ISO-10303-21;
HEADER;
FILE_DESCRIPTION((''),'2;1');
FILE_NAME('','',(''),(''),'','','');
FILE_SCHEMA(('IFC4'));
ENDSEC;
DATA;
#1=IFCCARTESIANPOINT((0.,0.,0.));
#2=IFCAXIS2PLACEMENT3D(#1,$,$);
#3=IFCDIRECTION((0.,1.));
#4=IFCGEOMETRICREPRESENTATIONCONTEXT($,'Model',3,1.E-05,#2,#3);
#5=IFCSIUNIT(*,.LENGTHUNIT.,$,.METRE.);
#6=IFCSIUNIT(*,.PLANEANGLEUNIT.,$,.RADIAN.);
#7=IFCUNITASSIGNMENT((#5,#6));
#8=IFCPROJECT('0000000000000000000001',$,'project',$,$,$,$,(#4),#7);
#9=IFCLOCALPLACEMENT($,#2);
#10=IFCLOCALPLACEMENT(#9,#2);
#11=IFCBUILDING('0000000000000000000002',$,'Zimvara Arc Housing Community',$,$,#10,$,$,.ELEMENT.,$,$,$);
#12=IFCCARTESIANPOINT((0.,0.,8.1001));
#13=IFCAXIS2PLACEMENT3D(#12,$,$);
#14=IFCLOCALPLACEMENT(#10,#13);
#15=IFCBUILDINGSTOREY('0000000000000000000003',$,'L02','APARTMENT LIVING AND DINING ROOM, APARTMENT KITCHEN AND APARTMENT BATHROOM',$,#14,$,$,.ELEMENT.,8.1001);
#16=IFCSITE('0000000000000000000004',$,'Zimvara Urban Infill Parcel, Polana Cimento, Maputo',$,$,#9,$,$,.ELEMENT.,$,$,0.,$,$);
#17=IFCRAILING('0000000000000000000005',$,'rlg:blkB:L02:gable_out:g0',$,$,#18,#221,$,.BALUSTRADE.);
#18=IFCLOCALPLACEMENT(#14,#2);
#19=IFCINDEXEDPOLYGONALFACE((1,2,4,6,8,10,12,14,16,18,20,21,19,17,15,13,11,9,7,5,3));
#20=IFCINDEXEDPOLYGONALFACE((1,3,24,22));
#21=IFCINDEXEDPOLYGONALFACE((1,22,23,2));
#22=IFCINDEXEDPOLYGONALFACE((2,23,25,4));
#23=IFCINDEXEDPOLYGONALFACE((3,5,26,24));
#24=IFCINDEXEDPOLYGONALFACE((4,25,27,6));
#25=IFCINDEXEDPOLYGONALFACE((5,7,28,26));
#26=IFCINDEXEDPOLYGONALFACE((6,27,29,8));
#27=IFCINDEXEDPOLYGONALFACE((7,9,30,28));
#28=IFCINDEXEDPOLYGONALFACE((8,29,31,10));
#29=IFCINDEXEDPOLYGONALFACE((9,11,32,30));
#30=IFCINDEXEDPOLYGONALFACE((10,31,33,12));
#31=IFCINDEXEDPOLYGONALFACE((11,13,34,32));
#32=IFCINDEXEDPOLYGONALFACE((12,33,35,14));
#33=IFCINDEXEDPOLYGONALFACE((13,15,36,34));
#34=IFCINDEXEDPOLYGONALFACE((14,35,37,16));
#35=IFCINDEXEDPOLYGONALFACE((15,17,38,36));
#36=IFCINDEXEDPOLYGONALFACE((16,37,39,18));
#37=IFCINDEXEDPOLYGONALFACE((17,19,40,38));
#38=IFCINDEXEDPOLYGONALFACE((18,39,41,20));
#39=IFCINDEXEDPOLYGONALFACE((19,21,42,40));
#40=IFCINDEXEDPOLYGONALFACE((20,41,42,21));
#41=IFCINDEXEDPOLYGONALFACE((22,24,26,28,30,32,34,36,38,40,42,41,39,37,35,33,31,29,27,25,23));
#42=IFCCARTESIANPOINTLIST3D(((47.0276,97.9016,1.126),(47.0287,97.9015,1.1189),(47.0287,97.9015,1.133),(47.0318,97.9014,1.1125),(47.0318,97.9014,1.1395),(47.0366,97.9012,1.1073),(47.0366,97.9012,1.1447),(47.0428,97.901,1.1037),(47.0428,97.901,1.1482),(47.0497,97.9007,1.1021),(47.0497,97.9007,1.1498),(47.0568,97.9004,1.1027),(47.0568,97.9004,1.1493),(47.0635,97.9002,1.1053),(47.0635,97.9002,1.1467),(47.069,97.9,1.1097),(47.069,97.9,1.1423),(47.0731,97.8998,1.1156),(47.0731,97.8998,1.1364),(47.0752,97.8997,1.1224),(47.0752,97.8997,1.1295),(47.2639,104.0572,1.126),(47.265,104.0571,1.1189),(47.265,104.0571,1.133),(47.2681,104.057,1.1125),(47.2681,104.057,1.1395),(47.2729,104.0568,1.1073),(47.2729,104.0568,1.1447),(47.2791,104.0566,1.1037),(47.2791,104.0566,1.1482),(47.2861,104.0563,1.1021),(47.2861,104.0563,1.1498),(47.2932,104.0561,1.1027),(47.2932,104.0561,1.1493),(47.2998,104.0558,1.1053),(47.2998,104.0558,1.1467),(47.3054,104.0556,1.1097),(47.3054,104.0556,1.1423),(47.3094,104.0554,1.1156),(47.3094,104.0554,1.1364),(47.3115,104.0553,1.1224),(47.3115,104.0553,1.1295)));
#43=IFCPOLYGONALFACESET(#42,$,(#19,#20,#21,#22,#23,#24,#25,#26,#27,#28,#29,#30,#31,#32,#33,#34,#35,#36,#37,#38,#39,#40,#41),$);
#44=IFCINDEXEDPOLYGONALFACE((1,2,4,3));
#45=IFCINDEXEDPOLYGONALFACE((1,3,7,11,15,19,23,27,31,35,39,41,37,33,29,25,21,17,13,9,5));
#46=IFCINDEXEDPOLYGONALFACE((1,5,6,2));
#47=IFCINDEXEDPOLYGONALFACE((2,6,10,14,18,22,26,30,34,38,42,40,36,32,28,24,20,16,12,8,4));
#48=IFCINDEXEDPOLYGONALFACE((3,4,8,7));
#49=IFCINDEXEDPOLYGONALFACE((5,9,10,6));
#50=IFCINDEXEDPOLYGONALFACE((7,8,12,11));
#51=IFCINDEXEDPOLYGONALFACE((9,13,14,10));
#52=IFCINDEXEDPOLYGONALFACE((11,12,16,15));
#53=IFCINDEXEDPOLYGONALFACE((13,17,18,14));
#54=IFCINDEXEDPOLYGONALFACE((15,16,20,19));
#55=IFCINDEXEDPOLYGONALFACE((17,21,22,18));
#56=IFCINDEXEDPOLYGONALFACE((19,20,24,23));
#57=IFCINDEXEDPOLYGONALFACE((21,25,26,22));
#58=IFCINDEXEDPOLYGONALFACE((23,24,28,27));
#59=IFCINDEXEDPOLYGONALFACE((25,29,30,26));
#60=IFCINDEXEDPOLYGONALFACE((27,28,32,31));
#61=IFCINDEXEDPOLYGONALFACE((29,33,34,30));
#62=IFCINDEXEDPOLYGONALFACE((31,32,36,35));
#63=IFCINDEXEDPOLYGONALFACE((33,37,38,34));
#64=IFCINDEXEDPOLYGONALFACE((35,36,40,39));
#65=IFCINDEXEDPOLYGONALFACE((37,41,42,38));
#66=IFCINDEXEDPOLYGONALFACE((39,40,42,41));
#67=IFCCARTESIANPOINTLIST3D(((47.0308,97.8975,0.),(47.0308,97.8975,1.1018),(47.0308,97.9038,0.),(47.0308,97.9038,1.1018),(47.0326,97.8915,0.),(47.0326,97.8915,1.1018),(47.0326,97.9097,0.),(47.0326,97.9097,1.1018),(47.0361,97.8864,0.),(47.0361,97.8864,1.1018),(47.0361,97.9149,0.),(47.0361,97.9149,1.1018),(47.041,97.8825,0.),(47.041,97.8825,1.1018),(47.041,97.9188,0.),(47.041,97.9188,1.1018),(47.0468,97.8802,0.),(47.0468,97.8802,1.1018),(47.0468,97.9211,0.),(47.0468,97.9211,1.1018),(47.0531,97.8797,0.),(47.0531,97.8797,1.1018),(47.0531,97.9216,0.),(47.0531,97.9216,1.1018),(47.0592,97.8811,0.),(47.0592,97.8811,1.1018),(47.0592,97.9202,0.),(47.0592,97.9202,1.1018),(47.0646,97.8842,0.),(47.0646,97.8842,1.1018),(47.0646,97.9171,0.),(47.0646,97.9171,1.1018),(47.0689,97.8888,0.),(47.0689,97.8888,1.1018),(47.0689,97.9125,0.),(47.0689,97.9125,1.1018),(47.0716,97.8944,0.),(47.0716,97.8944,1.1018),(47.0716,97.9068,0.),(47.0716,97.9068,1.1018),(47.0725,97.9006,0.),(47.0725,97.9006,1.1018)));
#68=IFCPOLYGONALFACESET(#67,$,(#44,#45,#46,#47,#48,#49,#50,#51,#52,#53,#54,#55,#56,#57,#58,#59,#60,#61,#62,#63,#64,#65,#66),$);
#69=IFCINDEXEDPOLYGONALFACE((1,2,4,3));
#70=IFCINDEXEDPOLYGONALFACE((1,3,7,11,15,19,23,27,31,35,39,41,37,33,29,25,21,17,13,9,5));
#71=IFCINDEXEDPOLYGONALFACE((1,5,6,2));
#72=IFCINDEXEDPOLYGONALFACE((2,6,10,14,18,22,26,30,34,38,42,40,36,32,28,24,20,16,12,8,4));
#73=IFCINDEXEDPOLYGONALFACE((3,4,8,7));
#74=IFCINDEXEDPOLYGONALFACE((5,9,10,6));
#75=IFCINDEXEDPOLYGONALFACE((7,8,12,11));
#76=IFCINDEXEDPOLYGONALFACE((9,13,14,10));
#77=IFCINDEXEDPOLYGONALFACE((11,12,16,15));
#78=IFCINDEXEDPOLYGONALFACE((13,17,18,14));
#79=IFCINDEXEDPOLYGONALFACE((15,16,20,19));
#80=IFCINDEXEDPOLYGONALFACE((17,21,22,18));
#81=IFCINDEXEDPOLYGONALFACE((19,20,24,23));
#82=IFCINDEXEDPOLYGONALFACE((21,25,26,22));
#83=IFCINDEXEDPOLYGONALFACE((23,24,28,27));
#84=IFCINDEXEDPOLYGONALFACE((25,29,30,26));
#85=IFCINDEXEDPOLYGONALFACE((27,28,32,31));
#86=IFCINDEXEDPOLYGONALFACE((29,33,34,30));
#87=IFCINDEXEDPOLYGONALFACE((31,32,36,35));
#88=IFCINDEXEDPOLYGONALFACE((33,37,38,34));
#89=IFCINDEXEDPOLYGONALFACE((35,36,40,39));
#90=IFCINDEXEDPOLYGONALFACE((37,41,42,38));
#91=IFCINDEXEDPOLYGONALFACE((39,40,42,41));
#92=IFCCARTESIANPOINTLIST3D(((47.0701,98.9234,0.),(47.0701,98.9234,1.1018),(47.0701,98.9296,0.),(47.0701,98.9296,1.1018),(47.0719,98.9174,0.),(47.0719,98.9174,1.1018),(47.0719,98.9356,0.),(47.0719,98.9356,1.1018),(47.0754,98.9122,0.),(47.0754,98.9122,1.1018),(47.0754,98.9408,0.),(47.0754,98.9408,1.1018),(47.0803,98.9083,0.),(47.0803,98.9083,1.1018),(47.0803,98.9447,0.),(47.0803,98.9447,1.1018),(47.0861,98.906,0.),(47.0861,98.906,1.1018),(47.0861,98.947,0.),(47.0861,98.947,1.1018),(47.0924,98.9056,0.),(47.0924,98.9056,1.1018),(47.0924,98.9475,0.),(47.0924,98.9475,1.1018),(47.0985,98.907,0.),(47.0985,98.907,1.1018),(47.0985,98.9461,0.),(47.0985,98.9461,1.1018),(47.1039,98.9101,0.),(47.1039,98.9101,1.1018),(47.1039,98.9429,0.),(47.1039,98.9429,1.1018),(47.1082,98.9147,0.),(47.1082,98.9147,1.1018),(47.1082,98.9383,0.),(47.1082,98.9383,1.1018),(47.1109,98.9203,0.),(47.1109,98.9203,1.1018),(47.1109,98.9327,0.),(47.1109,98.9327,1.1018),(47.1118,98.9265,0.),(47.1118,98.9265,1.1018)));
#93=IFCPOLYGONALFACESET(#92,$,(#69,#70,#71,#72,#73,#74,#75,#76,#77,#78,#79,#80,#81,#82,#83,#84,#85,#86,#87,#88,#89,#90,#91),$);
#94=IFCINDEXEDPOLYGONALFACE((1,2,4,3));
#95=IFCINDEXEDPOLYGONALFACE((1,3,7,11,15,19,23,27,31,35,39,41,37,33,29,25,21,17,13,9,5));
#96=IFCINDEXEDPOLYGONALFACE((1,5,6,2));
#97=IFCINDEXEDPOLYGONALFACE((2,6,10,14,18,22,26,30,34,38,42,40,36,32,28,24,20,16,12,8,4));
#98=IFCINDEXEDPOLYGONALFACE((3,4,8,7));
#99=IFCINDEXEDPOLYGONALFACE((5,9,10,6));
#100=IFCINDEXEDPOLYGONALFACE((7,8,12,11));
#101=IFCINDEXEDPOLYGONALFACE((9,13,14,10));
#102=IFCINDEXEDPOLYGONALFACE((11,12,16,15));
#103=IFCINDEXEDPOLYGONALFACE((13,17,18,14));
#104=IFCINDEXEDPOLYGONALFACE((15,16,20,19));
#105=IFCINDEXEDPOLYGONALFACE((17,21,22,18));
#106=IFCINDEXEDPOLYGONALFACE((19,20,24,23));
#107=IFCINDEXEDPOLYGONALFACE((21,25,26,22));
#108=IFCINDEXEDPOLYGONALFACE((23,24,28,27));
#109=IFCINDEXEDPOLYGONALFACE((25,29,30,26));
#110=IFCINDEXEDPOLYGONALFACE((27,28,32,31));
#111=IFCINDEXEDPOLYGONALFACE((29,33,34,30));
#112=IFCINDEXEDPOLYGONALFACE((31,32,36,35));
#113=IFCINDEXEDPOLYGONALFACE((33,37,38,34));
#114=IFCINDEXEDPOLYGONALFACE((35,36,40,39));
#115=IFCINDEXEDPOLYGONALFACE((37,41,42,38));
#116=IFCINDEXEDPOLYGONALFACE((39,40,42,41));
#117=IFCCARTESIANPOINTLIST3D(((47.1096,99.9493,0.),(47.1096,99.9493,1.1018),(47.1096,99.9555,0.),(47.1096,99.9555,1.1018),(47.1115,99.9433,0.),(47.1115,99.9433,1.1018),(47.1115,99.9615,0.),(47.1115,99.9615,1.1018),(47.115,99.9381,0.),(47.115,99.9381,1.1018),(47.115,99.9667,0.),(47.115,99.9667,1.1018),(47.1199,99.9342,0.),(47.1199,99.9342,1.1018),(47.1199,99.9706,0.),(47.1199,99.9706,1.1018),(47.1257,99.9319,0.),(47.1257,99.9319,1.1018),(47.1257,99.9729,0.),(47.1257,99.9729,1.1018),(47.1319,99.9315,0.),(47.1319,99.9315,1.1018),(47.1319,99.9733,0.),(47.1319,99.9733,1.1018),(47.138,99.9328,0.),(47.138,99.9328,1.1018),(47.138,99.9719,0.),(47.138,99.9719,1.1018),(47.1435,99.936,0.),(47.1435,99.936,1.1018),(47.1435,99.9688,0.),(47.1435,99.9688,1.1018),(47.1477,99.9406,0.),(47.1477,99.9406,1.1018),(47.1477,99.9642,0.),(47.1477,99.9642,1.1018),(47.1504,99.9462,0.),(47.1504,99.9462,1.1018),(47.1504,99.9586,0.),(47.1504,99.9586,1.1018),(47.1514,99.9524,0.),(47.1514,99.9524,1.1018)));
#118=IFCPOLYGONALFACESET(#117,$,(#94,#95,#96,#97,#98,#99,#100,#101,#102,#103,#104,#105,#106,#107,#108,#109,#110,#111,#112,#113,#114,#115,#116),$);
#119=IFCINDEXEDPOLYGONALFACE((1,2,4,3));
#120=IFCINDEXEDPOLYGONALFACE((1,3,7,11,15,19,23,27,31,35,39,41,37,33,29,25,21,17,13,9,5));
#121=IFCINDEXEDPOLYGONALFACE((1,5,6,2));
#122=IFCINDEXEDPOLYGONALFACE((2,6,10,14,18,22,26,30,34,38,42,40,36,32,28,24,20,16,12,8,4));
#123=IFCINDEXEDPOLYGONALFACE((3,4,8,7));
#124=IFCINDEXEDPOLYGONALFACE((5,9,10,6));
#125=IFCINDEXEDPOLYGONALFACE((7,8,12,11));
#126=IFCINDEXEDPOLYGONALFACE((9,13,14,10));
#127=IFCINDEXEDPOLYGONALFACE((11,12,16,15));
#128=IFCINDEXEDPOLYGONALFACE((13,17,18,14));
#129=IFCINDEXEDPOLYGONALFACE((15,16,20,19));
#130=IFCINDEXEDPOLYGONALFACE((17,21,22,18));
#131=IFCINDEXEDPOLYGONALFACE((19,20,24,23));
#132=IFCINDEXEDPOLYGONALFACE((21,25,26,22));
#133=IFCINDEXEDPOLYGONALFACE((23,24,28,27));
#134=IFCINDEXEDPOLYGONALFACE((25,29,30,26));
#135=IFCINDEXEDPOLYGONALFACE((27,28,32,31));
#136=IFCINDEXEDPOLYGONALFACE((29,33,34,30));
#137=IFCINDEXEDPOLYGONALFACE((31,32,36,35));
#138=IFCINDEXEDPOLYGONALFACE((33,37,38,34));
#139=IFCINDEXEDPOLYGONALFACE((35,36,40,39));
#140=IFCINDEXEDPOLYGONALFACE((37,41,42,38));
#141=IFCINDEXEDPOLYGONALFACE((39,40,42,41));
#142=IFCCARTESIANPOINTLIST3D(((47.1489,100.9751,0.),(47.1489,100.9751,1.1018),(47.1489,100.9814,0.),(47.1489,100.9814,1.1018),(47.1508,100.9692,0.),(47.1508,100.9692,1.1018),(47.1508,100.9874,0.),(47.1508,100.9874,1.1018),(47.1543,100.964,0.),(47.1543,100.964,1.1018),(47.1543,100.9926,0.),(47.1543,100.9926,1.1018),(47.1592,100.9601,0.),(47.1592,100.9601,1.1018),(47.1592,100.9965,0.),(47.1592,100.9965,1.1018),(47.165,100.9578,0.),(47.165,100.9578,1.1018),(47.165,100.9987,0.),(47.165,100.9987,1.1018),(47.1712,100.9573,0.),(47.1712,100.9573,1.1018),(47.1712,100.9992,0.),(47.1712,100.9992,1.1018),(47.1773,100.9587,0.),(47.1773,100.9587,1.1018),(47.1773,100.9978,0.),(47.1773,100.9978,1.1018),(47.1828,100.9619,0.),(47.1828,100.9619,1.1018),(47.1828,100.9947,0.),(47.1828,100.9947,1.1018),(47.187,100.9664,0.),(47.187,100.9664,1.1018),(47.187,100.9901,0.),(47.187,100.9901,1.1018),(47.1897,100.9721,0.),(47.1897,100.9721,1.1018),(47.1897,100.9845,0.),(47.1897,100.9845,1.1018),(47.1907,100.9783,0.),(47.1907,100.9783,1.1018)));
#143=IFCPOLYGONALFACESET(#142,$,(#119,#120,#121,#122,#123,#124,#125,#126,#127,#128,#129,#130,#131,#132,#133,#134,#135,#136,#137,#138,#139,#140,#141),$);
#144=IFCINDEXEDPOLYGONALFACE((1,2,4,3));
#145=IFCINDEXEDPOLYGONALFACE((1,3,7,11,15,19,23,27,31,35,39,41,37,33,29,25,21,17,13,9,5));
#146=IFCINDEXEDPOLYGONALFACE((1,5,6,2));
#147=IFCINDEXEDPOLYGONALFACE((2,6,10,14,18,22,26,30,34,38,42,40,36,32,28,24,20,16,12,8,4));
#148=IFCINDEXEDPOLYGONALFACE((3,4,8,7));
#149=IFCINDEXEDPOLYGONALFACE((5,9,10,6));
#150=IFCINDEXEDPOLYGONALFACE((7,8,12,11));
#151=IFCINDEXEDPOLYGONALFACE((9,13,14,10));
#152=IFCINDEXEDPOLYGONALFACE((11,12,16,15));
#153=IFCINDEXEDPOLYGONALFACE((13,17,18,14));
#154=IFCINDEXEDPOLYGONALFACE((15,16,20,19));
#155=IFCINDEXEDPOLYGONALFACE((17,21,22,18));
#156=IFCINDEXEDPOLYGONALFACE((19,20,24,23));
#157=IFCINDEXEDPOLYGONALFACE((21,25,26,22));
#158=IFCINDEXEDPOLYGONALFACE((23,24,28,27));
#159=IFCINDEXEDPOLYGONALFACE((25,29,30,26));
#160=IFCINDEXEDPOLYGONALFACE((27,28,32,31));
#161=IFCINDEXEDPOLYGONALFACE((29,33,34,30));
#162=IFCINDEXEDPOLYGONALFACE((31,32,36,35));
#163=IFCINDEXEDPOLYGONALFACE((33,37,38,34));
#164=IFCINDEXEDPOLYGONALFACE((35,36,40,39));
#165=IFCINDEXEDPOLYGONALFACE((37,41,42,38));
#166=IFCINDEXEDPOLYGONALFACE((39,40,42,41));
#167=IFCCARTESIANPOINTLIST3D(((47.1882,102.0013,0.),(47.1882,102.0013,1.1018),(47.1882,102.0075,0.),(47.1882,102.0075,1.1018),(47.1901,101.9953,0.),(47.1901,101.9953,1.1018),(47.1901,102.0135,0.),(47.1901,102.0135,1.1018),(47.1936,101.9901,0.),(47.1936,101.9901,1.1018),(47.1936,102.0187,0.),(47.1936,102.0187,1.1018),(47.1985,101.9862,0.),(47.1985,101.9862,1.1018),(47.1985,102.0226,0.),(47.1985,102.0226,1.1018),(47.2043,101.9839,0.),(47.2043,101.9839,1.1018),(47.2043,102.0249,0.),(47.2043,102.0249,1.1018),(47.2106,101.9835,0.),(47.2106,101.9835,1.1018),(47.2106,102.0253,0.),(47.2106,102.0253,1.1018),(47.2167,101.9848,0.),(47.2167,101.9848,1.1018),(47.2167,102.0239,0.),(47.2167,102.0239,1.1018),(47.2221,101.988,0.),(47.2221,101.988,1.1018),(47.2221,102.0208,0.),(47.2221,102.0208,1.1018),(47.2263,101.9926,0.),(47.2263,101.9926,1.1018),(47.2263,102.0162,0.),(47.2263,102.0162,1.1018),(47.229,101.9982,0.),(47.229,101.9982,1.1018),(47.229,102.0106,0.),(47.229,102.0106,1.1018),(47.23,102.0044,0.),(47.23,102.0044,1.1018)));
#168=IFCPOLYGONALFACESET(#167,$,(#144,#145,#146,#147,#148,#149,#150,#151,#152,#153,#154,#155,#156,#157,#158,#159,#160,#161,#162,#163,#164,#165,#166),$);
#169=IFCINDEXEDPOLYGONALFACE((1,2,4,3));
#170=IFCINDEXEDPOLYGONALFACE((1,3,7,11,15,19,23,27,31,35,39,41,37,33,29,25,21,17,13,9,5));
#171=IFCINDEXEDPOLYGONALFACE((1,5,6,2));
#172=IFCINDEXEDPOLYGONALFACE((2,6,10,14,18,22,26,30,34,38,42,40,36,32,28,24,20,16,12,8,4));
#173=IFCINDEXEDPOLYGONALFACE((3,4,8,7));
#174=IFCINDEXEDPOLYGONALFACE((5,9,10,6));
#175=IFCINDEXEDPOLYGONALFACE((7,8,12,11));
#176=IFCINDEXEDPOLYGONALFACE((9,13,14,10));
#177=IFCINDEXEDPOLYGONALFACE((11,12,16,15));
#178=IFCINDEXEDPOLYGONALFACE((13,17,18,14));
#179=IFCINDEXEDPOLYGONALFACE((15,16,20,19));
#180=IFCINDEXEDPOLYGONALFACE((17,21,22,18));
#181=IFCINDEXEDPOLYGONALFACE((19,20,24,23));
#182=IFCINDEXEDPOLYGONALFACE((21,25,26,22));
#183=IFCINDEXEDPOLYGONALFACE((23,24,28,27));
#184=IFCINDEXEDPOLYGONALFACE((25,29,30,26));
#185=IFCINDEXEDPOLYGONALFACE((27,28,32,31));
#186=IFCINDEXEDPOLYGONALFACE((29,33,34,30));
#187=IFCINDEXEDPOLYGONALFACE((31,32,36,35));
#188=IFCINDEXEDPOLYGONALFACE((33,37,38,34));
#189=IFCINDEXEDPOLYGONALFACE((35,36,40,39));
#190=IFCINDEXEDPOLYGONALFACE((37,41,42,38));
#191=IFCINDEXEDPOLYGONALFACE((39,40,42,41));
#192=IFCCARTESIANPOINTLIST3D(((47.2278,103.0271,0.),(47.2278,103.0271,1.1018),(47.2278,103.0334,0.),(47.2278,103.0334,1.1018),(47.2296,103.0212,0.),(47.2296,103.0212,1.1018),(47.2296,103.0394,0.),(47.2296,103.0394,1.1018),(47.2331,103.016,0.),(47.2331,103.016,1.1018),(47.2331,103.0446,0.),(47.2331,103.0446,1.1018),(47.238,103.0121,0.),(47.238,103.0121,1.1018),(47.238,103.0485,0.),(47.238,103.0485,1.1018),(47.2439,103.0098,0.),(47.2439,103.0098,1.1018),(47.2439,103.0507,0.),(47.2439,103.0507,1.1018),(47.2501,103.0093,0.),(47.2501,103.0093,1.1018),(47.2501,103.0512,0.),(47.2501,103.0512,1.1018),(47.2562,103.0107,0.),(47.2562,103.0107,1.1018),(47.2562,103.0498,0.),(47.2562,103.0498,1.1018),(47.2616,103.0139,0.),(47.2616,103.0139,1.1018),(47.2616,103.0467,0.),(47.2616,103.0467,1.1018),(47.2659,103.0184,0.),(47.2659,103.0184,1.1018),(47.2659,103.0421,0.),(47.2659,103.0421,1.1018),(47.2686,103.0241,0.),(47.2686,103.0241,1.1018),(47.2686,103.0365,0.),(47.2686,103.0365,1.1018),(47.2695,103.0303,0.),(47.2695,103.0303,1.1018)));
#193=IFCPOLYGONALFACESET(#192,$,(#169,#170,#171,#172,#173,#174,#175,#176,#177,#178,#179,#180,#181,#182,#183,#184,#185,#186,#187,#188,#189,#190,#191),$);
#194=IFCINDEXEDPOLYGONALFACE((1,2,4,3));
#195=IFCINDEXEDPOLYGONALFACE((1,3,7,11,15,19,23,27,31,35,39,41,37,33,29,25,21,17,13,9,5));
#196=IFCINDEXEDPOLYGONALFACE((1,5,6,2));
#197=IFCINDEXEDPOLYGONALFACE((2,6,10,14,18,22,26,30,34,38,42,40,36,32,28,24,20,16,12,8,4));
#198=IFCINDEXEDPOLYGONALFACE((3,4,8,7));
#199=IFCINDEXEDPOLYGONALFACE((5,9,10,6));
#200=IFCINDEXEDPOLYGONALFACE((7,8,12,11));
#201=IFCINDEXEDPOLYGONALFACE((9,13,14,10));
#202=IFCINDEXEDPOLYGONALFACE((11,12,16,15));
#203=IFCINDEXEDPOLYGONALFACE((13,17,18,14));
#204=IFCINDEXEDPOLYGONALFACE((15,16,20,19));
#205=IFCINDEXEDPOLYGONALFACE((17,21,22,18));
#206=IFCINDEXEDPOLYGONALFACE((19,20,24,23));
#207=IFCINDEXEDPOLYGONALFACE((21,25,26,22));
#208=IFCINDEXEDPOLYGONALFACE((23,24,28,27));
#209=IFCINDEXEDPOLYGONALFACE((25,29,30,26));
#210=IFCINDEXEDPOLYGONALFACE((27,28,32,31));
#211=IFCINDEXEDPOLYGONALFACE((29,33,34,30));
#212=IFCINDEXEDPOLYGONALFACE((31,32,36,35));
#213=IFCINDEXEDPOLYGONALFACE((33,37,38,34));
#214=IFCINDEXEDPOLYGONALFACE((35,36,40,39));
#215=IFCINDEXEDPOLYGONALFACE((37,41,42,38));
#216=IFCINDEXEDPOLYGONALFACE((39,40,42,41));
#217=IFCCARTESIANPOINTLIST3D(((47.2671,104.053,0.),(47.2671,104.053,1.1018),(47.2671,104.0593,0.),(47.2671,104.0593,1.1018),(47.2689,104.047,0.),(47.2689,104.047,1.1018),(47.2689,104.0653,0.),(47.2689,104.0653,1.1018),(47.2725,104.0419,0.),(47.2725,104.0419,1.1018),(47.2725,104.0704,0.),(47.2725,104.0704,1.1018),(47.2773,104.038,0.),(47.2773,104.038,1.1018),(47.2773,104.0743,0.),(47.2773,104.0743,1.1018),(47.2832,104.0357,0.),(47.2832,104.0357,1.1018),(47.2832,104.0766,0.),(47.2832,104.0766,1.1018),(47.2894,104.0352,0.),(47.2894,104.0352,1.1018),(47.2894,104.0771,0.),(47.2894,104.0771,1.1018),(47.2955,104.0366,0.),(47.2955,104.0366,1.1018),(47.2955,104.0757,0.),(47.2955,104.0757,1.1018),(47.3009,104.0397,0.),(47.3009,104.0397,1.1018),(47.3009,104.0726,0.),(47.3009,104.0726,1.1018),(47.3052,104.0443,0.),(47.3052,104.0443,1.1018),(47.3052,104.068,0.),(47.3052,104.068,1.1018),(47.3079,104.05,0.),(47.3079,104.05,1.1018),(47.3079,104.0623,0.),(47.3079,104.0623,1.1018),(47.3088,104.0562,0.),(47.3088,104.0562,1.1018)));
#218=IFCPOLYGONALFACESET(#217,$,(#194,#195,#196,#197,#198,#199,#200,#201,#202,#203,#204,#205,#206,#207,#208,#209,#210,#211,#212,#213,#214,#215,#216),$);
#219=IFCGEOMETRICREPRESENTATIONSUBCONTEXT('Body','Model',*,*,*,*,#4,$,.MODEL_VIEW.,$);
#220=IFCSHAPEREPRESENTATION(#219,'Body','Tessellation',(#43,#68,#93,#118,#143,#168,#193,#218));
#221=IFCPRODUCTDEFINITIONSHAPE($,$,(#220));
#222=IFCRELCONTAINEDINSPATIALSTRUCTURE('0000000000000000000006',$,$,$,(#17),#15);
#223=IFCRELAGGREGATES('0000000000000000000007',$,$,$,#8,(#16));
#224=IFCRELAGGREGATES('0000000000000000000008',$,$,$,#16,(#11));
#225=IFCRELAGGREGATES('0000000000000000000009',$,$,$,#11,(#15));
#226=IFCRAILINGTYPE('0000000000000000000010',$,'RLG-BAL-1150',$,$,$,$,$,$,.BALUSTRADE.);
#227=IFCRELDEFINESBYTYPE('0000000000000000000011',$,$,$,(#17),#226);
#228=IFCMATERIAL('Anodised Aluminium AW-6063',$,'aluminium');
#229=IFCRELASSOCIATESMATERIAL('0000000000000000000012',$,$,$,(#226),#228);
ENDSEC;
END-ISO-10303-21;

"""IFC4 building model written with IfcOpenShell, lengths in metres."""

from ifc_helpers import new_model, si_unit, direction, frame, origin, origin_2d, place, context, subcontext, project, spatial, circle, extrude, material, type_object, element, save


model = new_model("IFC4")

# Units and contexts
model_context = context("Model", 3, precision=1e-05, world=origin(), true_north=direction((0.0, 1.0)))
body_context = subcontext(model_context, "Body", "Model", "MODEL_VIEW")
ifc_project = project(units=[si_unit("LENGTHUNIT", "METRE"), si_unit("PLANEANGLEUNIT", "RADIAN")], contexts=[model_context])

# Site, building, storey
site_placement = place(None, origin())
site = spatial("IfcSite", under=ifc_project, at=site_placement, Name="Zimvara Urban Infill Parcel, Polana Cimento, Maputo", CompositionType="ELEMENT", RefElevation=0.0)
building_placement = place(site_placement, origin())
building = spatial("IfcBuilding", under=site, at=building_placement, Name="Zimvara Arc Housing Community", CompositionType="ELEMENT")
storey_placement = place(building_placement, frame((0.0, 0.0, 8.1001)))
storey = spatial("IfcBuildingStorey", under=building, at=storey_placement, Name="L02", Description="APARTMENT LIVING AND DINING ROOM, APARTMENT KITCHEN AND APARTMENT BATHROOM", CompositionType="ELEMENT", Elevation=8.1001)

# Railing
ifc_material_1 = material(Name="Anodised Aluminium AW-6063", Category="aluminium")
railing_type = type_object("IfcRailingType", Name="RLG-BAL-1150", PredefinedType="BALUSTRADE", material=ifc_material_1)
railing_placement = place(storey_placement, frame((47.0515, 97.9006, 0.0)))
element("IfcRailing", 1, at=railing_placement, inside=storey, type_object=railing_type, Name="rlg:blkB:L02:gable_out:g0", PredefinedType="BALUSTRADE", context=body_context, shape_type="SweptSolid", body=[
    extrude(circle(Radius=0.0239, at=origin_2d()), frame((0.0, 0.0, 1.126), z_axis=(0.038365, 0.999264, 0.0), x_axis=(-0.999264, 0.038365, 0.0)), (0.0, 0.0, 1.0), 6.1602),
    extrude(circle(Radius=0.021, at=origin_2d()), origin(), (0.0, 0.0, 1.0), 1.1018),
    extrude(circle(Radius=0.021, at=origin_2d()), frame((0.0393, 1.0259, 0.0)), (0.0, 0.0, 1.0), 1.1018),
    extrude(circle(Radius=0.021, at=origin_2d()), frame((0.0789, 2.0518, 0.0)), (0.0, 0.0, 1.0), 1.1018),
    extrude(circle(Radius=0.021, at=origin_2d()), frame((0.1182, 3.0776, 0.0)), (0.0, 0.0, 1.0), 1.1018),
    extrude(circle(Radius=0.021, at=origin_2d()), frame((0.1575, 4.1038, 0.0)), (0.0, 0.0, 1.0), 1.1018),
    extrude(circle(Radius=0.021, at=origin_2d()), frame((0.197, 5.1296, 0.0)), (0.0, 0.0, 1.0), 1.1018),
    extrude(circle(Radius=0.021, at=origin_2d()), frame((0.2363, 6.1555, 0.0)), (0.0, 0.0, 1.0), 1.1018),
])

save(model, "model.ifc")
